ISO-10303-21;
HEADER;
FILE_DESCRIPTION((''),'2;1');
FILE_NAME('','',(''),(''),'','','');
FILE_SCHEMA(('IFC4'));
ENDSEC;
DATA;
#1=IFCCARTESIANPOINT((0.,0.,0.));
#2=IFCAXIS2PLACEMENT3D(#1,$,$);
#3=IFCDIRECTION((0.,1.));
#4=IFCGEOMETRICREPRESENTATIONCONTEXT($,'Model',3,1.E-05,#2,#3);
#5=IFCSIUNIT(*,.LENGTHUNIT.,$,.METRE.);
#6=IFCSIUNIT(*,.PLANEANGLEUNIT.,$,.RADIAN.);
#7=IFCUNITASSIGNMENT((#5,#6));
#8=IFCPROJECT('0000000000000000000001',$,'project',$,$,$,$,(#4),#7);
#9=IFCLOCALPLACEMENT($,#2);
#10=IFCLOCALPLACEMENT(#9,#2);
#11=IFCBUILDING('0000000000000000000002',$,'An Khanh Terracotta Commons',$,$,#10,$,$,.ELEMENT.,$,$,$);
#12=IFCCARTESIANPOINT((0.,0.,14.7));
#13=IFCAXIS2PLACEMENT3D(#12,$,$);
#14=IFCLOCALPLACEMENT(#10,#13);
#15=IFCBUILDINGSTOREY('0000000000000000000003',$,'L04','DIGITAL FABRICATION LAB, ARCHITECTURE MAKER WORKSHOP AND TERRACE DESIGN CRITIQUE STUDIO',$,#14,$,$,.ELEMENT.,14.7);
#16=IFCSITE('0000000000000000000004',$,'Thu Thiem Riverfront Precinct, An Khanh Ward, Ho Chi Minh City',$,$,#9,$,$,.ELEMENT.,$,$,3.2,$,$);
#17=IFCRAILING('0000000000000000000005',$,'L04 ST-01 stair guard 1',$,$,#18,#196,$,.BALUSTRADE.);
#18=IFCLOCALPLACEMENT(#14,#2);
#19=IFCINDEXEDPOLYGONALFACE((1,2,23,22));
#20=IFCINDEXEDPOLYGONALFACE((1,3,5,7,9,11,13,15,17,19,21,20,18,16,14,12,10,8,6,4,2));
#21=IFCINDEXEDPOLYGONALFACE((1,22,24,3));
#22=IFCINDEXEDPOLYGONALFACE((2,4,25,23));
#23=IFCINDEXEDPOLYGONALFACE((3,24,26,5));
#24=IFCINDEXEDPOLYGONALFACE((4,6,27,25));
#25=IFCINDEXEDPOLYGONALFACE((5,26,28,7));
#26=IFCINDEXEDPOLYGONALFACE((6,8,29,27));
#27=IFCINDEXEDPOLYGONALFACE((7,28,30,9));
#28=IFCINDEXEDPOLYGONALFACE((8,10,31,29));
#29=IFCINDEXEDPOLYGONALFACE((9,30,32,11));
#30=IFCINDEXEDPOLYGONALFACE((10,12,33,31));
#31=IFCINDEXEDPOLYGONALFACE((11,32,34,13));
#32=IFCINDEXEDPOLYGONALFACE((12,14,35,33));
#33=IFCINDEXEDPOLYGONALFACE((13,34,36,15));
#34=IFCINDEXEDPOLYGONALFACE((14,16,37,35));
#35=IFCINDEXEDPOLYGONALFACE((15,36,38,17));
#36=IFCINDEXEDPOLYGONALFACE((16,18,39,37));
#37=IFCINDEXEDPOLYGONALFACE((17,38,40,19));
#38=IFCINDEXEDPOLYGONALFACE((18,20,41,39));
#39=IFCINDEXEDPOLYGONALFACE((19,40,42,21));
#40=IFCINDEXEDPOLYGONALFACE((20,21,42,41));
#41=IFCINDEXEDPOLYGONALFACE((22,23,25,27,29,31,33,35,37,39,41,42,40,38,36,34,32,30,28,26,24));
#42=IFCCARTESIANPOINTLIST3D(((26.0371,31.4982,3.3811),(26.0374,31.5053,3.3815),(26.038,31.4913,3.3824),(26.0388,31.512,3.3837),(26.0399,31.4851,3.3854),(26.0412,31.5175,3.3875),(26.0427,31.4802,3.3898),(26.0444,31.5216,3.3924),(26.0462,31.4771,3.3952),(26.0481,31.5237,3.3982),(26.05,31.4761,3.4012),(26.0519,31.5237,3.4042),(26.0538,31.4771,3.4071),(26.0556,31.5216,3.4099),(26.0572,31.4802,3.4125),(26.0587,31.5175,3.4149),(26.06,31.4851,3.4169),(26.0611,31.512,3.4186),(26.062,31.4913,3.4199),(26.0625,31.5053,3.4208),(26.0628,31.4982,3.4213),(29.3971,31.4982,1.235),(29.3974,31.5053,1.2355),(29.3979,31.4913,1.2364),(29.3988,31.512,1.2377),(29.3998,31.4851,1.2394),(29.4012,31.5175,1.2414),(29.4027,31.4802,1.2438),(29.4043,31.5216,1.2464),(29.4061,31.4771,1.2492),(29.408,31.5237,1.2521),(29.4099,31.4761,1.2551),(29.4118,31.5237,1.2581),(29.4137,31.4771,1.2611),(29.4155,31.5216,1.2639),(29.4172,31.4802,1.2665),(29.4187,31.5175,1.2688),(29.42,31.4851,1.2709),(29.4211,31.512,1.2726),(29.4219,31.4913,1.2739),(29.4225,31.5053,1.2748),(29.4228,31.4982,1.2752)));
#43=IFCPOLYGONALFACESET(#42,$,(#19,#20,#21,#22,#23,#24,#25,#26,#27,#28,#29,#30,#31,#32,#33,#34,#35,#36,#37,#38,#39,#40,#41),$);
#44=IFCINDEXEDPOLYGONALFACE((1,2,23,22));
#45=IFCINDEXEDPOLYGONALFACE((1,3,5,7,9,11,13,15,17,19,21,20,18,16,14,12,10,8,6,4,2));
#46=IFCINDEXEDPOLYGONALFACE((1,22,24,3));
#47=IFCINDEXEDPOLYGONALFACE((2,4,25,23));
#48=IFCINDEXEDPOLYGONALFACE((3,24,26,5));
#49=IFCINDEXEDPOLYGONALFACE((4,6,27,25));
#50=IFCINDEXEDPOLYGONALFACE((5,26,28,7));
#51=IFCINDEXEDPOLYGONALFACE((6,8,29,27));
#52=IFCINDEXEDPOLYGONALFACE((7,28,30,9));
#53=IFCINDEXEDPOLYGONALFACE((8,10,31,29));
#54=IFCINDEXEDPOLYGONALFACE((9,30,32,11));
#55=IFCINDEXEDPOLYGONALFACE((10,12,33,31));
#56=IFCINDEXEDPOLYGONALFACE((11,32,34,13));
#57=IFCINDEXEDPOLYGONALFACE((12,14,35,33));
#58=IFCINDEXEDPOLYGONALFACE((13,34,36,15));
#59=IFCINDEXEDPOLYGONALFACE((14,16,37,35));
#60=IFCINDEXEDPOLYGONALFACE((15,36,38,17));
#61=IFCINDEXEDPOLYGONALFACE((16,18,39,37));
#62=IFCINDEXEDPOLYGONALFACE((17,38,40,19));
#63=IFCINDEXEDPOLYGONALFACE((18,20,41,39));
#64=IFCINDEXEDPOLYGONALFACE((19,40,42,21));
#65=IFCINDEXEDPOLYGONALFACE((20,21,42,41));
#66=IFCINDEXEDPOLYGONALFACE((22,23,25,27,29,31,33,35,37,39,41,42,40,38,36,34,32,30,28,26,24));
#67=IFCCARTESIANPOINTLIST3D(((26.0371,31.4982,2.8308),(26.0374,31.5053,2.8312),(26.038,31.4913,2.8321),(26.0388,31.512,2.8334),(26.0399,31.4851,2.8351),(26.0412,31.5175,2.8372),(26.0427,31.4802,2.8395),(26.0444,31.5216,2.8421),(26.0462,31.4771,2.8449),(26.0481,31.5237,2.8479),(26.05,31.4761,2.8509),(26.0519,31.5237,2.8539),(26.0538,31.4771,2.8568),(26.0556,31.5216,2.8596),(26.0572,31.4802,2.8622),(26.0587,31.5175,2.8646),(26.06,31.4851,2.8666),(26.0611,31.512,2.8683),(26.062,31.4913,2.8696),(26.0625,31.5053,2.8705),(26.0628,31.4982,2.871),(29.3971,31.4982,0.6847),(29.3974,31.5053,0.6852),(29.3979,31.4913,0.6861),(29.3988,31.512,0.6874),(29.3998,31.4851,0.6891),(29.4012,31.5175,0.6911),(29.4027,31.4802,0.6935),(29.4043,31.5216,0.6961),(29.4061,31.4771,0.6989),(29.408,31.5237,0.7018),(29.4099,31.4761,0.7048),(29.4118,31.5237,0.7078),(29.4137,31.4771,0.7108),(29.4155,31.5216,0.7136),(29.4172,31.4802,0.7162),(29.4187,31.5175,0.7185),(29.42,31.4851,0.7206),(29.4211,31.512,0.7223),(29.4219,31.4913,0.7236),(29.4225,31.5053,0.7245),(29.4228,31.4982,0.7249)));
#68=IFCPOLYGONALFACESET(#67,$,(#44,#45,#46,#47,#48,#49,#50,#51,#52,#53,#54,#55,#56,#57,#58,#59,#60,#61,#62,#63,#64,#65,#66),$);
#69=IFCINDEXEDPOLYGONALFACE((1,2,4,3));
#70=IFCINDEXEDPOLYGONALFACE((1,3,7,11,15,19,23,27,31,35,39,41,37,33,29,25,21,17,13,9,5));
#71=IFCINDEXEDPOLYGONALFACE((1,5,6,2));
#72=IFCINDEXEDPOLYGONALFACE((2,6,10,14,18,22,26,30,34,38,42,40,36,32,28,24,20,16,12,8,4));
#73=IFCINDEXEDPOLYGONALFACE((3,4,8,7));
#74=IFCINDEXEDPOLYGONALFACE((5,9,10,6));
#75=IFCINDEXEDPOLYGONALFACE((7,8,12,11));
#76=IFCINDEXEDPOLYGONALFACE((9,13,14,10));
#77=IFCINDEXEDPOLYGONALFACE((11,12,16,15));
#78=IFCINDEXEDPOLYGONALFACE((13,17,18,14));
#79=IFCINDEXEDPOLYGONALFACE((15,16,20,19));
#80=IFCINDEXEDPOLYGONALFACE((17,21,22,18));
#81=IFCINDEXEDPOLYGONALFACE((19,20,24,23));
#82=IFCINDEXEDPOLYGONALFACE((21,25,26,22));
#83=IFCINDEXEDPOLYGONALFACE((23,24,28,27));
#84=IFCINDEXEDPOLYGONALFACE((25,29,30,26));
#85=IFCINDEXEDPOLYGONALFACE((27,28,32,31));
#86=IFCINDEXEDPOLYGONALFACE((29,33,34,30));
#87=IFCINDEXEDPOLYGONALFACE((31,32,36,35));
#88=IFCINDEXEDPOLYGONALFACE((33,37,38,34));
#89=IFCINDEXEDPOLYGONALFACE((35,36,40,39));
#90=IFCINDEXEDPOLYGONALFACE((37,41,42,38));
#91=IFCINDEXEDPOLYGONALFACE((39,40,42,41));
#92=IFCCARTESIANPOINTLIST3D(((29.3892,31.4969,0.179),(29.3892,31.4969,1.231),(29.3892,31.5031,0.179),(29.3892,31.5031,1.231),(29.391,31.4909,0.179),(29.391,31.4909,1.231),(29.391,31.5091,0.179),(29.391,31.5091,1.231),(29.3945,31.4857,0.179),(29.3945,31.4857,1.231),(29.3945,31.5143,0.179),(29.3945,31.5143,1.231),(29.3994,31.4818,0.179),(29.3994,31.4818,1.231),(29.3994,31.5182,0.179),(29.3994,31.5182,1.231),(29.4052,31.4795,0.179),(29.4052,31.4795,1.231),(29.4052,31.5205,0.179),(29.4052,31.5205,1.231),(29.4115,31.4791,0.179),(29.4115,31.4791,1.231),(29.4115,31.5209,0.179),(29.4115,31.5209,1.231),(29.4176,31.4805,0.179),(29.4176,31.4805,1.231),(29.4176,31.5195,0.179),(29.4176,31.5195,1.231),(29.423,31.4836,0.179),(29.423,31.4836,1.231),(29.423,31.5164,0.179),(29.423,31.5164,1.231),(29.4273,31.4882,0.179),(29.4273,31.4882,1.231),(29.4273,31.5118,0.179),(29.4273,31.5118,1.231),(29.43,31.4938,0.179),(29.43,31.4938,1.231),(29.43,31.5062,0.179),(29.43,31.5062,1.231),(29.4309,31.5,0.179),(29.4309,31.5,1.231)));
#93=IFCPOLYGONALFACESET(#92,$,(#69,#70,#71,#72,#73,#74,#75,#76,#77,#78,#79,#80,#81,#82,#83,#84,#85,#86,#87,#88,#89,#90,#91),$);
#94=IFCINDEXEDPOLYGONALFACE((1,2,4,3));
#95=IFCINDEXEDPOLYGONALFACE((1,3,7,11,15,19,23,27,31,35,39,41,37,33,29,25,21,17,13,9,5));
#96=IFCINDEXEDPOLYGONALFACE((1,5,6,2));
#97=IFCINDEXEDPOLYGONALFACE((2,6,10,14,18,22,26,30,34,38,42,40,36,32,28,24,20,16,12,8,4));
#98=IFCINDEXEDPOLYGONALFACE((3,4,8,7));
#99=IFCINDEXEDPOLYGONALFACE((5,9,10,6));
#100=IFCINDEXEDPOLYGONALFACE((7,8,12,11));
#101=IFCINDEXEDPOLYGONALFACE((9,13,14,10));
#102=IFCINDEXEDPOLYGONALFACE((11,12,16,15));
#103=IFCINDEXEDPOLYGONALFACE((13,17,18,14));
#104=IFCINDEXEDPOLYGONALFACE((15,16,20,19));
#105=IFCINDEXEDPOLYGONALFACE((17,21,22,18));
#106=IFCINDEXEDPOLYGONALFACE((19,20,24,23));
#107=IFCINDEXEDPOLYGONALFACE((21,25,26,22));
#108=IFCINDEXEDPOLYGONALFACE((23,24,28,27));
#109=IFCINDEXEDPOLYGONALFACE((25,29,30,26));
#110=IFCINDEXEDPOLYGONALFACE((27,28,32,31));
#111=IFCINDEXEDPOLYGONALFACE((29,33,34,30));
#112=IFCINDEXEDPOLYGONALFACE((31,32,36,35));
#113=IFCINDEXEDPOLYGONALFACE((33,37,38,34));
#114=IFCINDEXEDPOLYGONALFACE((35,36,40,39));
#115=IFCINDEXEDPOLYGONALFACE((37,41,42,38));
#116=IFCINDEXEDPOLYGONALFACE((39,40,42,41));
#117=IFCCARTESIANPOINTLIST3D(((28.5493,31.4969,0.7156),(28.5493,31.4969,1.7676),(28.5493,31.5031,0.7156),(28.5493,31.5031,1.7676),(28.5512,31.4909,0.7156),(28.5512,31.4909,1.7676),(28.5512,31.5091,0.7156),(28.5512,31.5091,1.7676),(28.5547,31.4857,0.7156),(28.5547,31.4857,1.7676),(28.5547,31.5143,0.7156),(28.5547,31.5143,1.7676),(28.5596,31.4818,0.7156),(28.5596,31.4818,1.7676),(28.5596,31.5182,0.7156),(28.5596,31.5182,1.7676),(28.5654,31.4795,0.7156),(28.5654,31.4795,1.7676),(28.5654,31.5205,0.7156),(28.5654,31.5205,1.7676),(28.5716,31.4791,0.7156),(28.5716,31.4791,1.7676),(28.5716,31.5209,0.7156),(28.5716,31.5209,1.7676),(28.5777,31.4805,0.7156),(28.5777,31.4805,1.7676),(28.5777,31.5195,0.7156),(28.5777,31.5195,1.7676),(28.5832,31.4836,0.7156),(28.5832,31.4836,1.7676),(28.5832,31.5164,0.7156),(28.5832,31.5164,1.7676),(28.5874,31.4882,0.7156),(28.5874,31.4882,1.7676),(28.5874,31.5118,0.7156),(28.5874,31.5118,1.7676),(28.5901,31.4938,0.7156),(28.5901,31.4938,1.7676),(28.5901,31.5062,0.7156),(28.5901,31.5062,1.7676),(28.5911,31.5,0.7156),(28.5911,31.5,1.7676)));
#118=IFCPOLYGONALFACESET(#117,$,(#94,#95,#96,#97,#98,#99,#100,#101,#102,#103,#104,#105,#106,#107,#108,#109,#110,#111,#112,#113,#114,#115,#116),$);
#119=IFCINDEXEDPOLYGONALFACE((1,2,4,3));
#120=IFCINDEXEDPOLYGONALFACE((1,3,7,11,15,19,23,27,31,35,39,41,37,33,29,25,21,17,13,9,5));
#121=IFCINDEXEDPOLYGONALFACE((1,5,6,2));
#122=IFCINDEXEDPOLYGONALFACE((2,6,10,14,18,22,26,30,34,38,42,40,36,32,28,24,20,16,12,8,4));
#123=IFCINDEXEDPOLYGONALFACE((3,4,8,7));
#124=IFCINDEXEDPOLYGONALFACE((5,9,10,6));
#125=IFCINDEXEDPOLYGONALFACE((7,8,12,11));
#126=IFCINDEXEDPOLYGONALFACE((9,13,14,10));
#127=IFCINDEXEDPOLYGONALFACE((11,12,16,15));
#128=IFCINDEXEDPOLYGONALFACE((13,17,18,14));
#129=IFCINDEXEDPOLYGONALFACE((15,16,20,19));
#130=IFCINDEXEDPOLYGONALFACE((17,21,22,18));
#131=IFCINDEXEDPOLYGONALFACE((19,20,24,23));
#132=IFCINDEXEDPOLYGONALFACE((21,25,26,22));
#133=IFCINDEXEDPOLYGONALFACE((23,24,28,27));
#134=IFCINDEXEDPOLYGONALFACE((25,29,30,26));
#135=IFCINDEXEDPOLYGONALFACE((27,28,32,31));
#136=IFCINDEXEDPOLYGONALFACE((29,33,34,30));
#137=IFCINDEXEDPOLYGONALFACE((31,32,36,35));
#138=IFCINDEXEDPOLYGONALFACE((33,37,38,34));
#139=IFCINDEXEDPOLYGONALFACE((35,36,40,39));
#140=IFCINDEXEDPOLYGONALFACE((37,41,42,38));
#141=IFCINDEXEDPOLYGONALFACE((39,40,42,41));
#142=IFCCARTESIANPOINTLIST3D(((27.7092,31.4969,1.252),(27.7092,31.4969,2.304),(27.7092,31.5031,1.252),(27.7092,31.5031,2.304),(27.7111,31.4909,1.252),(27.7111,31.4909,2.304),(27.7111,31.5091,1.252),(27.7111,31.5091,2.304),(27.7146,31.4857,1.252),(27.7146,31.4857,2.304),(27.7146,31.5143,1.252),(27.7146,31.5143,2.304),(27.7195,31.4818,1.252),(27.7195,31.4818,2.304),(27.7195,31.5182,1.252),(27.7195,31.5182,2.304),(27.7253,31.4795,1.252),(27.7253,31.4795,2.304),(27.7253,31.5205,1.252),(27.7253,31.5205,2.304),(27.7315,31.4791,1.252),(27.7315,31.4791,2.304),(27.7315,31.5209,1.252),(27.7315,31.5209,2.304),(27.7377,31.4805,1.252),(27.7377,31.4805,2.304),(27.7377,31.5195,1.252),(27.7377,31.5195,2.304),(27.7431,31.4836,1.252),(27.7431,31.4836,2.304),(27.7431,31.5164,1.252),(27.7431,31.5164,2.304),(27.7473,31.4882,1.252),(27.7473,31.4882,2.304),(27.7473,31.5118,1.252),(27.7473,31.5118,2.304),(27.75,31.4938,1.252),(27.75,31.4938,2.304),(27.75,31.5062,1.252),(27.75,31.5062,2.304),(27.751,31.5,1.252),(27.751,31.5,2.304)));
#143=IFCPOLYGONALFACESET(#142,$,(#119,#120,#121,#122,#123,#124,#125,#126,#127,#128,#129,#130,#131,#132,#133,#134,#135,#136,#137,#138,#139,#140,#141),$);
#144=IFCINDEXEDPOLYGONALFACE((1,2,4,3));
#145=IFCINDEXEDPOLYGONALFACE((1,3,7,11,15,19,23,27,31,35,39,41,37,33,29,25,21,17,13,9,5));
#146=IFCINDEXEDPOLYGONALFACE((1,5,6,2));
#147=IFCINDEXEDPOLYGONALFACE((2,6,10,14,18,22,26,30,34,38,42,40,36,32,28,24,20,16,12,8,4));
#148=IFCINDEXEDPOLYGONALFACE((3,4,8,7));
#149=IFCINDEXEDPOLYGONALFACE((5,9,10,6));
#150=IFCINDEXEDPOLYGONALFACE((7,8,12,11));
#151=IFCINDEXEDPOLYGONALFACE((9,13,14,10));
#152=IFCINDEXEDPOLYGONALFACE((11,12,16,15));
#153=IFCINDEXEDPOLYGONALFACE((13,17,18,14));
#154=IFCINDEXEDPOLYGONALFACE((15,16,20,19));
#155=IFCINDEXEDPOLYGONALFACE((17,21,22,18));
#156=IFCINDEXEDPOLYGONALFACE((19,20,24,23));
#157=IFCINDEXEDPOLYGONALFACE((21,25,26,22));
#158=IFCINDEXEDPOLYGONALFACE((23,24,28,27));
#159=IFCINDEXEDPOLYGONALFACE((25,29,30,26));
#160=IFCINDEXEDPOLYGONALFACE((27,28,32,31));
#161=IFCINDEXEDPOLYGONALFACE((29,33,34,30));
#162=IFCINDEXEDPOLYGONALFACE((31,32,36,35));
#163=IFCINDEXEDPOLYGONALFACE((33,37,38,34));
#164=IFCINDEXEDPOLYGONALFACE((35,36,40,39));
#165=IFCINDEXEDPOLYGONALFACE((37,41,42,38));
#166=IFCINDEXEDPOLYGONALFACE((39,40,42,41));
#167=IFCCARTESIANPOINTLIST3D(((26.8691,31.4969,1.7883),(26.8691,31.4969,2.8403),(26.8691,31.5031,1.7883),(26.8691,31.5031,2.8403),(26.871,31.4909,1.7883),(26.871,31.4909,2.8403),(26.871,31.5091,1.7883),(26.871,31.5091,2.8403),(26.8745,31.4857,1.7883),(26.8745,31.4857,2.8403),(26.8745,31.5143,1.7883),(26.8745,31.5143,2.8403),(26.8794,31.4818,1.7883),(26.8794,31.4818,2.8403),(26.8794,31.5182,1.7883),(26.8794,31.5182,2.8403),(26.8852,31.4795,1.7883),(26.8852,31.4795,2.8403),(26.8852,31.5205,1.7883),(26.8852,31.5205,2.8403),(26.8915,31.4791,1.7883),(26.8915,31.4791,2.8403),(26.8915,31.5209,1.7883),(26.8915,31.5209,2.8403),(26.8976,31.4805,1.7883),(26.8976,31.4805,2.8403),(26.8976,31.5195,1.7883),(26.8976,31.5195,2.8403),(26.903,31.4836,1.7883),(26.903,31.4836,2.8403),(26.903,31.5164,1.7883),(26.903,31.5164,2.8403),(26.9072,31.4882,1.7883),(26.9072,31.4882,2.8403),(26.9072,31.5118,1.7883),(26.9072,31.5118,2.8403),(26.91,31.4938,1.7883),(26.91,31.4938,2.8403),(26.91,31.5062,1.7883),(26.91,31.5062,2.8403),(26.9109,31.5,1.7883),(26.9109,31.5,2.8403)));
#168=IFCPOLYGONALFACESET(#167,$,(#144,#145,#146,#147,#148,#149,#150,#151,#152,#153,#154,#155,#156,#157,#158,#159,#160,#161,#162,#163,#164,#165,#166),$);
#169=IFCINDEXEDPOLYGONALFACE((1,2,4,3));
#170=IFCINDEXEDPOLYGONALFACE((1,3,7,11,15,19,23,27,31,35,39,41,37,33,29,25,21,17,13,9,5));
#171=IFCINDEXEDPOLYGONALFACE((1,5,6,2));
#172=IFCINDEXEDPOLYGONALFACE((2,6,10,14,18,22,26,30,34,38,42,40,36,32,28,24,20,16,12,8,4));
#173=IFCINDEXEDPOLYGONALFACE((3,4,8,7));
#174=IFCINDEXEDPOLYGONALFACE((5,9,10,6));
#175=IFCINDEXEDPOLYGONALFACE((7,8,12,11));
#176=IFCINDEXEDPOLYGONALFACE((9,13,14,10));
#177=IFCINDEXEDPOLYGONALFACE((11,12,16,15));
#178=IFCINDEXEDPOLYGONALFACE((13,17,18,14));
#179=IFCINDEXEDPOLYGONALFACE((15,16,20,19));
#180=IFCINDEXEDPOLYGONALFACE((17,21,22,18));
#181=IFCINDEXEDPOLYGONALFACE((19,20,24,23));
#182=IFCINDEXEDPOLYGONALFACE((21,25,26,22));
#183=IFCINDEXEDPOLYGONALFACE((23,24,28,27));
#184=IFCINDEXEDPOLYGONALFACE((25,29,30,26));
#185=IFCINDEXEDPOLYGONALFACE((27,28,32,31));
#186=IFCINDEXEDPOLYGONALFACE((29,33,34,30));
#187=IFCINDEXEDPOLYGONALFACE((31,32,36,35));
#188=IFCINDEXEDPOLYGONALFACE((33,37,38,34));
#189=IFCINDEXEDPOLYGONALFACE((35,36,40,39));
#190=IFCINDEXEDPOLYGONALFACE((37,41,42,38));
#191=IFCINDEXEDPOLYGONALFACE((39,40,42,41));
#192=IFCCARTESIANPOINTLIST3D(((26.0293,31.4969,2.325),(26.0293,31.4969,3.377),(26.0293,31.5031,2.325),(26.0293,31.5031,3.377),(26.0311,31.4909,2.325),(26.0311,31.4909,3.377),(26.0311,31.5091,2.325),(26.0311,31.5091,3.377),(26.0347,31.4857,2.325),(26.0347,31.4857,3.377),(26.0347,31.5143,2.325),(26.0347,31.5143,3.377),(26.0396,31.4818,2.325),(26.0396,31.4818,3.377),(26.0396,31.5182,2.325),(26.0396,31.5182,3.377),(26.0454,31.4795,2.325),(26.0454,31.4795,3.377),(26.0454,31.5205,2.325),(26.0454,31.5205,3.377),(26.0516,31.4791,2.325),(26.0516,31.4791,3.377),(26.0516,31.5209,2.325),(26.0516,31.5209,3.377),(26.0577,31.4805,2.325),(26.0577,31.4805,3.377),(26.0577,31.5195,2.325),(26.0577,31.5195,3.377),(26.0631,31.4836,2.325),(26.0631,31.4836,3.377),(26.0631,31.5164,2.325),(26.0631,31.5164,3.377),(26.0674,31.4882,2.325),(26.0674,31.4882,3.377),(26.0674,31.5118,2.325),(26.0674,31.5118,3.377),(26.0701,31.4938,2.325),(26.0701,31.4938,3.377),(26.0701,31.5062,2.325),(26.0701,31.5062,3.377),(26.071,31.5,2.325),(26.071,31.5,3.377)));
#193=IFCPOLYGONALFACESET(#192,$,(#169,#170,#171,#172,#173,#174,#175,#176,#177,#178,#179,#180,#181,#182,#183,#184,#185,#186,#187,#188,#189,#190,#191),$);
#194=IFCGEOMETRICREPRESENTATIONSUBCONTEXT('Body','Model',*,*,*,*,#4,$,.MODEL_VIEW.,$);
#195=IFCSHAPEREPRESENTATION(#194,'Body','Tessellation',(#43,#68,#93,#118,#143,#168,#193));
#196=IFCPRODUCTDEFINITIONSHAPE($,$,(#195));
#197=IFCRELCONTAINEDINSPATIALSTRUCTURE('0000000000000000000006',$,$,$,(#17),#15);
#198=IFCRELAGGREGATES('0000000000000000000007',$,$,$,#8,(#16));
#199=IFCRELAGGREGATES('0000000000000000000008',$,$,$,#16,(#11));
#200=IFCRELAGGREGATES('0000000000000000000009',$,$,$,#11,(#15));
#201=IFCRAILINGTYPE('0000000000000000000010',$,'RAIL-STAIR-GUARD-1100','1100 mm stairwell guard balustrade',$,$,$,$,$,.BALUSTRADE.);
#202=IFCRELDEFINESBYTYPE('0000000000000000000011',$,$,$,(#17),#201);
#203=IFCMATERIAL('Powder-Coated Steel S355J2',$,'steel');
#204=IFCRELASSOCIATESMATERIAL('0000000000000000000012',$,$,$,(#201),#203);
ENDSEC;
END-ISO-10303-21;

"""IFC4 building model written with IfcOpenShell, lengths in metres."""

from ifc_helpers import new_model, si_unit, direction, frame, origin, origin_2d, place, context, subcontext, project, spatial, circle, extrude, material, type_object, element, save


model = new_model("IFC4")

# Units and contexts
model_context = context("Model", 3, precision=1e-05, world=origin(), true_north=direction((0.0, 1.0)))
body_context = subcontext(model_context, "Body", "Model", "MODEL_VIEW")
ifc_project = project(units=[si_unit("LENGTHUNIT", "METRE"), si_unit("PLANEANGLEUNIT", "RADIAN")], contexts=[model_context])

# Site, building, storey
site_placement = place(None, origin())
site = spatial("IfcSite", under=ifc_project, at=site_placement, Name="Thu Thiem Riverfront Precinct, An Khanh Ward, Ho Chi Minh City", CompositionType="ELEMENT", RefElevation=3.2)
building_placement = place(site_placement, origin())
building = spatial("IfcBuilding", under=site, at=building_placement, Name="An Khanh Terracotta Commons", CompositionType="ELEMENT")
storey_placement = place(building_placement, frame((0.0, 0.0, 14.7)))
storey = spatial("IfcBuildingStorey", under=building, at=storey_placement, Name="L04", Description="DIGITAL FABRICATION LAB, ARCHITECTURE MAKER WORKSHOP AND TERRACE DESIGN CRITIQUE STUDIO", CompositionType="ELEMENT", Elevation=14.7)

# Railing
ifc_material_1 = material(Name="Powder-Coated Steel S355J2", Category="steel")
railing_type_1 = type_object("IfcRailingType", Name="RAIL-STAIR-GUARD-1100", Description="1100 mm stairwell guard balustrade", PredefinedType="BALUSTRADE", material=ifc_material_1)
railing_1_placement = place(storey_placement, frame((29.4099, 31.5, 0.179)))
element("IfcRailing", 1, at=railing_1_placement, inside=storey, type_object=railing_type_1, Name="L04 ST-01 stair guard 1", PredefinedType="BALUSTRADE", context=body_context, shape_type="SweptSolid", body=[
    extrude(circle(Radius=0.0239, at=origin_2d()), frame((0.0, 0.0, 1.0762), z_axis=(-0.842763, 0.0, 0.538285), x_axis=(0.0, -1.0, 0.0)), (0.0, 0.0, 1.0), 3.9868),
    extrude(circle(Radius=0.0239, at=origin_2d()), frame((0.0, 0.0, 0.5259), z_axis=(-0.842763, 0.0, 0.538285), x_axis=(0.0, -1.0, 0.0)), (0.0, 0.0, 1.0), 3.9868),
    extrude(circle(Radius=0.021, at=origin_2d()), origin(), (0.0, 0.0, 1.0), 1.052),
    extrude(circle(Radius=0.021, at=origin_2d()), frame((-0.8398, 0.0, 0.5366)), (0.0, 0.0, 1.0), 1.052),
    extrude(circle(Radius=0.021, at=origin_2d()), frame((-1.6799, 0.0, 1.073)), (0.0, 0.0, 1.0), 1.052),
    extrude(circle(Radius=0.021, at=origin_2d()), frame((-2.52, 0.0, 1.6094)), (0.0, 0.0, 1.0), 1.052),
    extrude(circle(Radius=0.021, at=origin_2d()), frame((-3.3599, 0.0, 2.146)), (0.0, 0.0, 1.0), 1.052),
])

save(model, "model.ifc")
